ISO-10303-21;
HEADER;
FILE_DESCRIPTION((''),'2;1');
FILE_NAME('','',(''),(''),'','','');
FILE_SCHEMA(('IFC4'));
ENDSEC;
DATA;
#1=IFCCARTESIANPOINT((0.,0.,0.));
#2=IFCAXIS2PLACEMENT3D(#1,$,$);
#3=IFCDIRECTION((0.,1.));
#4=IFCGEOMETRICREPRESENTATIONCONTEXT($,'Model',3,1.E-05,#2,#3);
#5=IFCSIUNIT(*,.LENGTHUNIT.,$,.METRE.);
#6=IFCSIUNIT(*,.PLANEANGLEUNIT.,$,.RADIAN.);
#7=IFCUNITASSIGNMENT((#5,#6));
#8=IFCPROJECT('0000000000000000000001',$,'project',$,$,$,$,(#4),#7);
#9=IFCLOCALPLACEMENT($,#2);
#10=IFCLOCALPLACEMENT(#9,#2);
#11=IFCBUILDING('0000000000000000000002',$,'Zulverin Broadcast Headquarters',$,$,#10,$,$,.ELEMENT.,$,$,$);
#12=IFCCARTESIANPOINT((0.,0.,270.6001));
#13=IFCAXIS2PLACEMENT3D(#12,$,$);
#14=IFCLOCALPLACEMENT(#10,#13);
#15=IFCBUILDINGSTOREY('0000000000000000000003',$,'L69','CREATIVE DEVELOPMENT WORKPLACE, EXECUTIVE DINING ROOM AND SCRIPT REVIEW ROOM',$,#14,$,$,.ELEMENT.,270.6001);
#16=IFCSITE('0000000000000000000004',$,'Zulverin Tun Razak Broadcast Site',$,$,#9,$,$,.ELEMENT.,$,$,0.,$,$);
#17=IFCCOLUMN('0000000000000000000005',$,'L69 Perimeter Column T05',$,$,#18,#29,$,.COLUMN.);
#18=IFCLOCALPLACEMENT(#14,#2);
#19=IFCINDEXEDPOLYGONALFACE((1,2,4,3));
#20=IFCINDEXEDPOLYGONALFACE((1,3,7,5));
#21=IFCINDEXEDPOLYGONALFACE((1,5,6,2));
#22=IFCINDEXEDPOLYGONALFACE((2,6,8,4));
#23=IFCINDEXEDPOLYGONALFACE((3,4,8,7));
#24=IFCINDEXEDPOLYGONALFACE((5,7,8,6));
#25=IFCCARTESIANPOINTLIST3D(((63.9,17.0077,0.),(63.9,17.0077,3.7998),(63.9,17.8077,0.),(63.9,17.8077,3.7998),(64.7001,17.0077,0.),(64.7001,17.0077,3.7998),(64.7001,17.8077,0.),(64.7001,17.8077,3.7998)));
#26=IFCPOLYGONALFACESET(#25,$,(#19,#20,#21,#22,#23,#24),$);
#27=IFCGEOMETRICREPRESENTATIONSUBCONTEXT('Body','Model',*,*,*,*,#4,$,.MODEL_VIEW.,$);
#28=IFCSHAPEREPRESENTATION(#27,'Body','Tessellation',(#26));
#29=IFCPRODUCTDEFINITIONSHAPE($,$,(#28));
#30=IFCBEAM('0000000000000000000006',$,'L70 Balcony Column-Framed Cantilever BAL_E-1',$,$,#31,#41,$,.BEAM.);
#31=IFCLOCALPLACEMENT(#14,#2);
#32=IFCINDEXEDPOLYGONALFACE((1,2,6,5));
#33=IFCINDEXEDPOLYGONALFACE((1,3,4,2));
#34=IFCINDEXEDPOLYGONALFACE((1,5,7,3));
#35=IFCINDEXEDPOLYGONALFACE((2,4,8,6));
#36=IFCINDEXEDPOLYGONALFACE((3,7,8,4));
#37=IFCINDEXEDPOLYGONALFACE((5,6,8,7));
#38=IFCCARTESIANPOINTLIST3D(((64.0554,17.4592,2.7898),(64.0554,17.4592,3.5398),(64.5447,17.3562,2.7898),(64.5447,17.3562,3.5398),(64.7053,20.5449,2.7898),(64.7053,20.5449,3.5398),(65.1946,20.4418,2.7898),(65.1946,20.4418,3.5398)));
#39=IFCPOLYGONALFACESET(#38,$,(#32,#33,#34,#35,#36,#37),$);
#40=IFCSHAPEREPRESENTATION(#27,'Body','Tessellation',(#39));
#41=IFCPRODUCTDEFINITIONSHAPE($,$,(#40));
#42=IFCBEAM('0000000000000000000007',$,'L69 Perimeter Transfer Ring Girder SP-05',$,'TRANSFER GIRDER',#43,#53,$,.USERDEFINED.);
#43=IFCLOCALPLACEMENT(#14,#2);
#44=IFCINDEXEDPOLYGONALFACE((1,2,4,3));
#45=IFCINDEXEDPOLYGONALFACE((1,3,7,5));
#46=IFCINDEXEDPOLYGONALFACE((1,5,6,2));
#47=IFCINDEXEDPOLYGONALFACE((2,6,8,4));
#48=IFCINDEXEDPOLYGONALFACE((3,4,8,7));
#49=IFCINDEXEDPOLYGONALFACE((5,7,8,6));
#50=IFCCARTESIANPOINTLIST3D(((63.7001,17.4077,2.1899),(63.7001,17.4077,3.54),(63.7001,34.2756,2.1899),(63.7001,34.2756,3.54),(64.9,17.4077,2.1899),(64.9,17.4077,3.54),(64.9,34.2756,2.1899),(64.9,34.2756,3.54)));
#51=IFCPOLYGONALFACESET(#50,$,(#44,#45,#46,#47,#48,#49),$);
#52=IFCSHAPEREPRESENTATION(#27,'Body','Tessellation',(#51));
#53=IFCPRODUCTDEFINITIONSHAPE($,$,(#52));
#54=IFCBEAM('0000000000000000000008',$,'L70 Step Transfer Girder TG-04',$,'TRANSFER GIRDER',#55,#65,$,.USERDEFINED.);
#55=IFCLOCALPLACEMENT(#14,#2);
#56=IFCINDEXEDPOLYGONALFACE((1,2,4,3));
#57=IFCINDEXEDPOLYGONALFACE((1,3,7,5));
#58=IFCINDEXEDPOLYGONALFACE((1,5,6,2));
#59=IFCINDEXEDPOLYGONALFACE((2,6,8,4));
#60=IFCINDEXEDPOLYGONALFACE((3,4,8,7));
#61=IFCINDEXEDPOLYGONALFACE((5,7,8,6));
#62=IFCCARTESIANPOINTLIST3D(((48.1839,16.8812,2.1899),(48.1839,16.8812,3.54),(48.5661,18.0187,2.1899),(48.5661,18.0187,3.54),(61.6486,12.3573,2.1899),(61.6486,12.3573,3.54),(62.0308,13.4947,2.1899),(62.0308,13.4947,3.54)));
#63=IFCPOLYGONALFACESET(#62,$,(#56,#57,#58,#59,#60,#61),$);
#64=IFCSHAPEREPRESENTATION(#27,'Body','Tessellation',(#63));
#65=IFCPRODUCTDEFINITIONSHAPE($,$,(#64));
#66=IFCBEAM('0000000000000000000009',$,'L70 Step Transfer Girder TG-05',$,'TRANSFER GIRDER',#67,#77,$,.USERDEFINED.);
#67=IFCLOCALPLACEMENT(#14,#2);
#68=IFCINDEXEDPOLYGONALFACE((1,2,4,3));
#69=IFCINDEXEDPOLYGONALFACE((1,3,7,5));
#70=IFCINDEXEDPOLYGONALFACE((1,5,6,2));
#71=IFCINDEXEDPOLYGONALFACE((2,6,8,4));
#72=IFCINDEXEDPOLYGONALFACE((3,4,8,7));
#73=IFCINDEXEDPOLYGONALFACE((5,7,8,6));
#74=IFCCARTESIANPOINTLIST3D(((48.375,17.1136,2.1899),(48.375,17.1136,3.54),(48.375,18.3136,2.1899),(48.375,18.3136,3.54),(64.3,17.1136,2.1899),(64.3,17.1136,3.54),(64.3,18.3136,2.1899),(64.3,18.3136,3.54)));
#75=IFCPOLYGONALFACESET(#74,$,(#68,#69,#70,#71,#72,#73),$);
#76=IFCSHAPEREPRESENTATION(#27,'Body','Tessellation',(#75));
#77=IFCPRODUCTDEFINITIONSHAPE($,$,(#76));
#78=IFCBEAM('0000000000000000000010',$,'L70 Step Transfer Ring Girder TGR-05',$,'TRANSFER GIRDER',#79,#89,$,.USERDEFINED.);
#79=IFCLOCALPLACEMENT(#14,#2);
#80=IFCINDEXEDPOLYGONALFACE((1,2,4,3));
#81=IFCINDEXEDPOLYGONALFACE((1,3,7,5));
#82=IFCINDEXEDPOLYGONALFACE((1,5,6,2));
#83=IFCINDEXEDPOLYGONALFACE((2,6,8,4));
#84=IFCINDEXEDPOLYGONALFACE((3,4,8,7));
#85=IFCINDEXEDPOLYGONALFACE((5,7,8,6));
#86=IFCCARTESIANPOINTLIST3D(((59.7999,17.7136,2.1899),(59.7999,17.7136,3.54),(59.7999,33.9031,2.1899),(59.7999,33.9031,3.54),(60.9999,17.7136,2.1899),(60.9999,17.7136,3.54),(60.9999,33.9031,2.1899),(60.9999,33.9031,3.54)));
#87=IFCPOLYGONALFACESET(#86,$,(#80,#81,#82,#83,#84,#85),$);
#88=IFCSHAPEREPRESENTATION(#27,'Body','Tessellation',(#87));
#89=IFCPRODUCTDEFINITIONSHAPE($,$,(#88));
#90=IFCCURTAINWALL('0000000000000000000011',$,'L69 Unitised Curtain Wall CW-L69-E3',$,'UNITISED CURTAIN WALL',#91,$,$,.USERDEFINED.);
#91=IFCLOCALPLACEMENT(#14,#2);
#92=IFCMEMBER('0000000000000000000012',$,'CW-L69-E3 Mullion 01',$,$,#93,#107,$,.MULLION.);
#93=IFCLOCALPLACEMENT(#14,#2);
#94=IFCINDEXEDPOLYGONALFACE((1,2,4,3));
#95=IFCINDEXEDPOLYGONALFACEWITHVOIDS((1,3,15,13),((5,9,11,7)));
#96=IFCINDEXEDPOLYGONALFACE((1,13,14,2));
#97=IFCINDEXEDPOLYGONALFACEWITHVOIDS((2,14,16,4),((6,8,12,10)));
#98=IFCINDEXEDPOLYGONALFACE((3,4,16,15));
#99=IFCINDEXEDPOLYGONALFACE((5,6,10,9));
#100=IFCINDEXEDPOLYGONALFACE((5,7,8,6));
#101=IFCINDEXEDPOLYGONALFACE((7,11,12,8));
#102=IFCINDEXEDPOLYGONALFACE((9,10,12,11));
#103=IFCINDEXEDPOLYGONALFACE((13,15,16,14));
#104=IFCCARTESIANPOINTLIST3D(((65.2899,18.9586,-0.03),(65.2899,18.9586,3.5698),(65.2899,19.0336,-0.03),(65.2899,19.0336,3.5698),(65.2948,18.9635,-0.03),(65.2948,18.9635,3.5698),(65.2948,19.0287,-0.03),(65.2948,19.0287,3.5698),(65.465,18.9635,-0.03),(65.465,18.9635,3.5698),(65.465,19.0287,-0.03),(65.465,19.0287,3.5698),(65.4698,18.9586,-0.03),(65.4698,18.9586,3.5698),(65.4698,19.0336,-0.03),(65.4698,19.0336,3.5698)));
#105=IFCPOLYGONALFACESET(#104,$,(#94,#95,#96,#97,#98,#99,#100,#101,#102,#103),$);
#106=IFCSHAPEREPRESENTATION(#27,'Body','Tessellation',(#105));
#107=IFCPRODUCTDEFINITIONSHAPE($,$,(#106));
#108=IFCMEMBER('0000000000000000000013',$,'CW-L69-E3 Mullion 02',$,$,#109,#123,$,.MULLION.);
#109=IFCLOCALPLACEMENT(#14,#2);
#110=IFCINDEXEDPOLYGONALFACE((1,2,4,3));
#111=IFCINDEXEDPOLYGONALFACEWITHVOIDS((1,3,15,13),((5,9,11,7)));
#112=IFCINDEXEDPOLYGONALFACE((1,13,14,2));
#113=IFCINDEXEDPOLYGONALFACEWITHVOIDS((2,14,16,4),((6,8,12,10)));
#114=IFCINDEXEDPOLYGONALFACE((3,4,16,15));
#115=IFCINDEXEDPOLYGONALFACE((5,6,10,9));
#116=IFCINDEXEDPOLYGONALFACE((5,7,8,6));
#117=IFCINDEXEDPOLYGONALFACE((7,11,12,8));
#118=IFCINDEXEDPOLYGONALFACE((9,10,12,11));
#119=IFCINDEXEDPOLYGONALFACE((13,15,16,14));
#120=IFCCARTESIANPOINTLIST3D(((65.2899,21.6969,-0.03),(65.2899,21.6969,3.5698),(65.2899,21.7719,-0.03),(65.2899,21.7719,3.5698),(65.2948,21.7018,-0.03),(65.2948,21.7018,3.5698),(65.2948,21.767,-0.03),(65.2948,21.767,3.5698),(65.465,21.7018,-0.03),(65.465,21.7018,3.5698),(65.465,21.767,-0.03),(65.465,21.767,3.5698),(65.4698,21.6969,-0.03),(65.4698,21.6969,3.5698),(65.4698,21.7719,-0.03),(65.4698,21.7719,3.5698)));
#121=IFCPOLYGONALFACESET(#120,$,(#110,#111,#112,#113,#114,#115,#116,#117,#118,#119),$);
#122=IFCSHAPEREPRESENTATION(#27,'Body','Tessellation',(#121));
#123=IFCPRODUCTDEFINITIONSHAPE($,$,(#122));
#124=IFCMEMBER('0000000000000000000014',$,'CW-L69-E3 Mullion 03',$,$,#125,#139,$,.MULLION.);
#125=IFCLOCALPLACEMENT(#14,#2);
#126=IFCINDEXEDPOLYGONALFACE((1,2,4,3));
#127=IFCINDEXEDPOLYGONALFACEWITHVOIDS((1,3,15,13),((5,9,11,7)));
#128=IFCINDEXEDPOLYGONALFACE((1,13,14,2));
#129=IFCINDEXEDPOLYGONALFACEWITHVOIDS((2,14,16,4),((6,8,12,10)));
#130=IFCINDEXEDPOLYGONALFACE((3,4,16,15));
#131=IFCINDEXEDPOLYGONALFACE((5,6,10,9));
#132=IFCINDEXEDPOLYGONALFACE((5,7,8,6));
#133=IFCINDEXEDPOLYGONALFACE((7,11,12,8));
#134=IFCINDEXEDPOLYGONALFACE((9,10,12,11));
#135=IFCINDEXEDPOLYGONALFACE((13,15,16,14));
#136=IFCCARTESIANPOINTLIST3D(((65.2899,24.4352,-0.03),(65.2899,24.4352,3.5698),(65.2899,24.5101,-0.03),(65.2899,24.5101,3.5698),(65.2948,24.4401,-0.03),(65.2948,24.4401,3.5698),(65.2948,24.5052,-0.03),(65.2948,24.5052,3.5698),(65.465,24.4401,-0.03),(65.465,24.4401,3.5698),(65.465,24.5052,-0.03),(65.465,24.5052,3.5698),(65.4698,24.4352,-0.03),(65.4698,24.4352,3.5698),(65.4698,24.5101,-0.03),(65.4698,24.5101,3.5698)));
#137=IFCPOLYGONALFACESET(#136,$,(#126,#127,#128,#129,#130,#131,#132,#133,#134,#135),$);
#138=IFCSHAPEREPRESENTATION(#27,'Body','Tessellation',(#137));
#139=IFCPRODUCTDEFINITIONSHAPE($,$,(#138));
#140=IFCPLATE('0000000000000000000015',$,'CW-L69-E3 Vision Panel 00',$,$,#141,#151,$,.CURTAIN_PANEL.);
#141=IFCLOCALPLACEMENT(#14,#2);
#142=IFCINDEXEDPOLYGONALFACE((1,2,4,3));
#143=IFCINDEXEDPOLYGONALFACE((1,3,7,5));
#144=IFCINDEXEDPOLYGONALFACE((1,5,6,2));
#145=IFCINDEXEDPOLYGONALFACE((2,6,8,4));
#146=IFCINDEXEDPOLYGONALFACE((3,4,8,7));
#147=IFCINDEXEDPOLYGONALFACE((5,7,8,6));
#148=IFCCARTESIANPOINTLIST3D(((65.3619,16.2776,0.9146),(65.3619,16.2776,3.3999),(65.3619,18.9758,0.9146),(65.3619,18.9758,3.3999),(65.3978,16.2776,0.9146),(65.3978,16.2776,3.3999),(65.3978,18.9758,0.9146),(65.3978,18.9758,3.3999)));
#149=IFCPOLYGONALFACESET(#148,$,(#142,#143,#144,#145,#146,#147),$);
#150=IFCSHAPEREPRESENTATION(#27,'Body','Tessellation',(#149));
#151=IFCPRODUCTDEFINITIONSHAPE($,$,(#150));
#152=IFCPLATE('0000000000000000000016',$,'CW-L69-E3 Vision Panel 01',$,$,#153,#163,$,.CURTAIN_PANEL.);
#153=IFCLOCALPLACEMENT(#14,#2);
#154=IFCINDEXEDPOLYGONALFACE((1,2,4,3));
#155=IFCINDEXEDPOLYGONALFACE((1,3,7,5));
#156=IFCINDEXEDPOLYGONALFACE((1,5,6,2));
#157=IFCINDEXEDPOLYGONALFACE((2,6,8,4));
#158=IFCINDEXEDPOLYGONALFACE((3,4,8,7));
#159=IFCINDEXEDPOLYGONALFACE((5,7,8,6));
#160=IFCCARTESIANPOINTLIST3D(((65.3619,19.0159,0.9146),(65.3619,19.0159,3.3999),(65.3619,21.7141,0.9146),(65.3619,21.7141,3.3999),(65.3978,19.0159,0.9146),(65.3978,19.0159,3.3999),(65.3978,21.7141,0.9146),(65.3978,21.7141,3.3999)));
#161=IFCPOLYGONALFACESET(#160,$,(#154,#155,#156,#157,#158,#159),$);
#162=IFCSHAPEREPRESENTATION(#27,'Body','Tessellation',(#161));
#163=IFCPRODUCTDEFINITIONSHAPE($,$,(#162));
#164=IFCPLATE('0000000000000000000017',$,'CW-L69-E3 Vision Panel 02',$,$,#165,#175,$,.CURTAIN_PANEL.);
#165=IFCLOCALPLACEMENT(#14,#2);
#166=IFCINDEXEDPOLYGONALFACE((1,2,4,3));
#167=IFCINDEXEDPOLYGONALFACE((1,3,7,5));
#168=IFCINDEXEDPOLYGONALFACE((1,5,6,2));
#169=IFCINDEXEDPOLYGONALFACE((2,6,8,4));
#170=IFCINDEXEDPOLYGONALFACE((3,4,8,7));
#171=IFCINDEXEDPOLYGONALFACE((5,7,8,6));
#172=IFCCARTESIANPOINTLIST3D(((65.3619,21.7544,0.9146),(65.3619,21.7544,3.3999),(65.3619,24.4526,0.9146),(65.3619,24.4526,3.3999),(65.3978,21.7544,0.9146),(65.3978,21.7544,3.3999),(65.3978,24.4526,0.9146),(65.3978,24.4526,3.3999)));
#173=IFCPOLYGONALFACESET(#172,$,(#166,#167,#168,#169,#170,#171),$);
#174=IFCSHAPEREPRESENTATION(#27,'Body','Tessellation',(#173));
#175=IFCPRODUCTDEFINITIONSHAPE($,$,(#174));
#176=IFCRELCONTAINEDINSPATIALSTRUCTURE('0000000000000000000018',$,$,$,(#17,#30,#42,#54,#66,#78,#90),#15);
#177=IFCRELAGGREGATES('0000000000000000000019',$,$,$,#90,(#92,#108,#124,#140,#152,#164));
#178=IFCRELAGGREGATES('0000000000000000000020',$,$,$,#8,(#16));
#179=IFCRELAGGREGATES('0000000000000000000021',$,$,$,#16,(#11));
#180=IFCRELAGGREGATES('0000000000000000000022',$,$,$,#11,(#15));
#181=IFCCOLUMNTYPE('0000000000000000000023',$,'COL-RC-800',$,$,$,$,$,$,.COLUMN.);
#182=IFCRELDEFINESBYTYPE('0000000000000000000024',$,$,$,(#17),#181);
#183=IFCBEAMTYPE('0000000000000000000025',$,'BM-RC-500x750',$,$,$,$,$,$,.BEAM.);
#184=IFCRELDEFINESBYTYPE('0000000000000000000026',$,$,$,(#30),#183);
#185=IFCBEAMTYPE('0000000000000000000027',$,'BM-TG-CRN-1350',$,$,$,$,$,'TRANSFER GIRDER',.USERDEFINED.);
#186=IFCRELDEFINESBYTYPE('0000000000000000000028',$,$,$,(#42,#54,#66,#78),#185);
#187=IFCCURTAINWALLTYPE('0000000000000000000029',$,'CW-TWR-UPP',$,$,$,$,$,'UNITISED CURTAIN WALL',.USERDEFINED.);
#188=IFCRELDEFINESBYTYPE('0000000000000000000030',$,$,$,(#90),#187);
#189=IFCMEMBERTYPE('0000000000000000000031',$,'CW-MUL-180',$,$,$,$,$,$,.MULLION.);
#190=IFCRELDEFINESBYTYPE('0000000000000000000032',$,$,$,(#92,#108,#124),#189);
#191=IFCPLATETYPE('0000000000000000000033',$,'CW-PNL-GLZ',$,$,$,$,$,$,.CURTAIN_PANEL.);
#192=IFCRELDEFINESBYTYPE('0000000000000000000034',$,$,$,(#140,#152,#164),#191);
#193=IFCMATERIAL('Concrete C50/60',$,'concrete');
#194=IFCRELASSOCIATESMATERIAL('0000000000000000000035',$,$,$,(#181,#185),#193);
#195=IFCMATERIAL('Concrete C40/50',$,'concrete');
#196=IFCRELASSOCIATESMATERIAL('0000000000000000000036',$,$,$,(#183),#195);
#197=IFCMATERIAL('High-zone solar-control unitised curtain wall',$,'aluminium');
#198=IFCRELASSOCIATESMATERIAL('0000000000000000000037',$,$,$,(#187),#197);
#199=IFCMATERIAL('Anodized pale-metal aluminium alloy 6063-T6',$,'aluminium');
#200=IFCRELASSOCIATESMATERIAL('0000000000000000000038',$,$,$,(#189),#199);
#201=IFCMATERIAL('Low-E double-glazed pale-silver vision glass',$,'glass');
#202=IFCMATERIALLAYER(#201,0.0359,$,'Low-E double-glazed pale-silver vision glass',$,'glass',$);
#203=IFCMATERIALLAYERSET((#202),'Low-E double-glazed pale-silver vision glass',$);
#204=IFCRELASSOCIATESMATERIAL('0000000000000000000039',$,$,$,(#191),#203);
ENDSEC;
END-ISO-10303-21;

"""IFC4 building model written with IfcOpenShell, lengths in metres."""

from ifc_helpers import new_model, si_unit, direction, frame, origin, origin_2d, place, context, subcontext, project, spatial, rectangle, hollow_rectangle, extrude, material, layer, layer_set, material_profile, profile_set, type_object, element, aggregate, save


model = new_model("IFC4")

# Units and contexts
model_context = context("Model", 3, precision=1e-05, world=origin(), true_north=direction((0.0, 1.0)))
body_context = subcontext(model_context, "Body", "Model", "MODEL_VIEW")
ifc_project = project(units=[si_unit("LENGTHUNIT", "METRE"), si_unit("PLANEANGLEUNIT", "RADIAN")], contexts=[model_context])

# Site, building, storey
site_placement = place(None, origin())
site = spatial("IfcSite", under=ifc_project, at=site_placement, Name="Zulverin Tun Razak Broadcast Site", CompositionType="ELEMENT", RefElevation=0.0)
building_placement = place(site_placement, origin())
building = spatial("IfcBuilding", under=site, at=building_placement, Name="Zulverin Broadcast Headquarters", CompositionType="ELEMENT")
storey_placement = place(building_placement, frame((0.0, 0.0, 270.6001)))
storey = spatial("IfcBuildingStorey", under=building, at=storey_placement, Name="L69", Description="CREATIVE DEVELOPMENT WORKPLACE, EXECUTIVE DINING ROOM AND SCRIPT REVIEW ROOM", CompositionType="ELEMENT", Elevation=270.6001)

# Column
ifc_material_1 = material(Name="Concrete C50/60", Category="concrete")
ifc_material_profile_1 = material_profile(ifc_material_1, rectangle(XDim=0.8, YDim=0.8, at=origin_2d()), Name="Concrete C50/60", Category="concrete")
ifc_profile_set_1 = profile_set([ifc_material_profile_1], Name="Concrete C50/60")
column_type = type_object("IfcColumnType", Name="COL-RC-800", PredefinedType="COLUMN", material=ifc_profile_set_1)
column_placement = place(storey_placement, frame((64.3, 17.4077, 0.0), z_axis=(0.0, 0.0, 1.0), x_axis=(1.0, 0.0, 0.0)))
element("IfcColumn", 1, at=column_placement, inside=storey, type_object=column_type, Name="L69 Perimeter Column T05", PredefinedType="COLUMN", context=body_context, shape_type="SweptSolid", body=[
    extrude(rectangle(XDim=0.8, YDim=0.8, at=origin_2d()), origin(), (0.0, 0.0, 1.0), 3.7998),
])

# Beams
ifc_material_2 = material(Name="Concrete C40/50", Category="concrete")
ifc_material_profile_2 = material_profile(ifc_material_2, rectangle(XDim=0.5, YDim=0.75, at=origin_2d()), Name="Concrete C40/50", Category="concrete")
ifc_profile_set_2 = profile_set([ifc_material_profile_2], Name="Concrete C40/50")
beam_type_1 = type_object("IfcBeamType", Name="BM-RC-500x750", PredefinedType="BEAM", material=ifc_profile_set_2)
beam_1_placement = place(storey_placement, frame((64.3, 17.4077, 3.1648), z_axis=(0.206096, 0.978532, 0.0), x_axis=(-0.978532, 0.206096, 0.0)))
element("IfcBeam", 2, at=beam_1_placement, inside=storey, type_object=beam_type_1, Name="L70 Balcony Column-Framed Cantilever BAL_E-1", PredefinedType="BEAM", context=body_context, shape_type="SweptSolid", body=[
    extrude(rectangle(XDim=0.5, YDim=0.75, at=origin_2d()), origin(), (0.0, 0.0, 1.0), 3.1533),
])
ifc_material_profile_3 = material_profile(ifc_material_1, rectangle(XDim=1.2, YDim=1.3501, at=origin_2d()), Name="Concrete C50/60", Category="concrete")
ifc_profile_set_3 = profile_set([ifc_material_profile_3], Name="Concrete C50/60")
beam_type_2 = type_object("IfcBeamType", Name="BM-TG-CRN-1350", ElementType="TRANSFER GIRDER", PredefinedType="USERDEFINED", material=ifc_profile_set_3)
beam_2_placement = place(storey_placement, frame((64.3, 17.4077, 2.865), z_axis=(0.0, 1.0, 0.0), x_axis=(-1.0, 0.0, 0.0)))
element("IfcBeam", 3, at=beam_2_placement, inside=storey, type_object=beam_type_2, Name="L69 Perimeter Transfer Ring Girder SP-05", ObjectType="TRANSFER GIRDER", PredefinedType="USERDEFINED", context=body_context, shape_type="SweptSolid", body=[
    extrude(rectangle(XDim=1.2, YDim=1.3501, at=origin_2d()), origin(), (0.0, 0.0, 1.0), 16.8679),
])
beam_3_placement = place(storey_placement, frame((48.375, 17.45, 2.865), z_axis=(0.947926, -0.318491, 0.0), x_axis=(0.318491, 0.947926, 0.0)))
element("IfcBeam", 4, at=beam_3_placement, inside=storey, type_object=beam_type_2, Name="L70 Step Transfer Girder TG-04", ObjectType="TRANSFER GIRDER", PredefinedType="USERDEFINED", context=body_context, shape_type="SweptSolid", body=[
    extrude(rectangle(XDim=1.2, YDim=1.3501, at=origin_2d()), origin(), (0.0, 0.0, 1.0), 14.2043),
])
beam_4_placement = place(storey_placement, frame((48.375, 17.7136, 2.865), z_axis=(1.0, 0.0, 0.0), x_axis=(0.0, 1.0, 0.0)))
element("IfcBeam", 5, at=beam_4_placement, inside=storey, type_object=beam_type_2, Name="L70 Step Transfer Girder TG-05", ObjectType="TRANSFER GIRDER", PredefinedType="USERDEFINED", context=body_context, shape_type="SweptSolid", body=[
    extrude(rectangle(XDim=1.2, YDim=1.3501, at=origin_2d()), origin(), (0.0, 0.0, 1.0), 15.925),
])
beam_5_placement = place(storey_placement, frame((60.3999, 17.7136, 2.865), z_axis=(0.0, 1.0, 0.0), x_axis=(-1.0, 0.0, 0.0)))
element("IfcBeam", 6, at=beam_5_placement, inside=storey, type_object=beam_type_2, Name="L70 Step Transfer Ring Girder TGR-05", ObjectType="TRANSFER GIRDER", PredefinedType="USERDEFINED", context=body_context, shape_type="SweptSolid", body=[
    extrude(rectangle(XDim=1.2, YDim=1.3501, at=origin_2d()), origin(), (0.0, 0.0, 1.0), 16.1895),
])

# Curtain wall, members, plates
ifc_material_3 = material(Name="High-zone solar-control unitised curtain wall", Category="aluminium")
curtain_wall_type = type_object("IfcCurtainWallType", Name="CW-TWR-UPP", ElementType="UNITISED CURTAIN WALL", PredefinedType="USERDEFINED", material=ifc_material_3)
curtain_wall_placement = place(storey_placement, origin())
curtain_wall = element("IfcCurtainWall", 7, at=curtain_wall_placement, inside=storey, type_object=curtain_wall_type, Name="L69 Unitised Curtain Wall CW-L69-E3", ObjectType="UNITISED CURTAIN WALL", PredefinedType="USERDEFINED")
ifc_material_4 = material(Name="Anodized pale-metal aluminium alloy 6063-T6", Category="aluminium")
ifc_material_profile_4 = material_profile(ifc_material_4, hollow_rectangle(XDim=0.075, YDim=0.1799, WallThickness=0.0049, at=origin_2d()), Name="Anodized pale-metal aluminium alloy 6063-T6", Category="aluminium")
ifc_profile_set_4 = profile_set([ifc_material_profile_4], Name="Anodized pale-metal aluminium alloy 6063-T6")
member_type = type_object("IfcMemberType", Name="CW-MUL-180", PredefinedType="MULLION", material=ifc_profile_set_4)
member_1_placement = place(storey_placement, frame((65.3799, 18.9961, -0.03), z_axis=(0.0, 0.0, 1.0), x_axis=(0.0, 1.0, 0.0)))
member_1 = element("IfcMember", 8, at=member_1_placement, type_object=member_type, Name="CW-L69-E3 Mullion 01", PredefinedType="MULLION", context=body_context, shape_type="SweptSolid", body=[
    extrude(hollow_rectangle(XDim=0.075, YDim=0.1799, WallThickness=0.0049, at=origin_2d()), origin(), (0.0, 0.0, 1.0), 3.5999),
])
member_2_placement = place(storey_placement, frame((65.3799, 21.7344, -0.03), z_axis=(0.0, 0.0, 1.0), x_axis=(0.0, 1.0, 0.0)))
member_2 = element("IfcMember", 9, at=member_2_placement, type_object=member_type, Name="CW-L69-E3 Mullion 02", PredefinedType="MULLION", context=body_context, shape_type="SweptSolid", body=[
    extrude(hollow_rectangle(XDim=0.075, YDim=0.1799, WallThickness=0.0049, at=origin_2d()), origin(), (0.0, 0.0, 1.0), 3.5999),
])
member_3_placement = place(storey_placement, frame((65.3799, 24.4727, -0.03), z_axis=(0.0, 0.0, 1.0), x_axis=(0.0, 1.0, 0.0)))
member_3 = element("IfcMember", 10, at=member_3_placement, type_object=member_type, Name="CW-L69-E3 Mullion 03", PredefinedType="MULLION", context=body_context, shape_type="SweptSolid", body=[
    extrude(hollow_rectangle(XDim=0.075, YDim=0.1799, WallThickness=0.0049, at=origin_2d()), origin(), (0.0, 0.0, 1.0), 3.5999),
])
ifc_material_5 = material(Name="Low-E double-glazed pale-silver vision glass", Category="glass")
ifc_layer_1 = layer(ifc_material_5, 0.0359, Name="Low-E double-glazed pale-silver vision glass", Category="glass")
ifc_layer_set_1 = layer_set([ifc_layer_1], Name="Low-E double-glazed pale-silver vision glass")
plate_type_1 = type_object("IfcPlateType", Name="CW-PNL-GLZ", PredefinedType="CURTAIN_PANEL", material=ifc_layer_set_1)
plate_1_placement = place(storey_placement, frame((65.3799, 17.6267, 0.9146), z_axis=(0.0, 0.0, 1.0), x_axis=(0.0, 1.0, 0.0)))
plate_1 = element("IfcPlate", 11, at=plate_1_placement, type_object=plate_type_1, Name="CW-L69-E3 Vision Panel 00", PredefinedType="CURTAIN_PANEL", context=body_context, shape_type="SweptSolid", body=[
    extrude(rectangle(XDim=2.6982, YDim=0.0359, at=origin_2d()), origin(), (0.0, 0.0, 1.0), 2.4854),
])
plate_2_placement = place(storey_placement, frame((65.3799, 20.365, 0.9146), z_axis=(0.0, 0.0, 1.0), x_axis=(0.0, 1.0, 0.0)))
plate_2 = element("IfcPlate", 12, at=plate_2_placement, type_object=plate_type_1, Name="CW-L69-E3 Vision Panel 01", PredefinedType="CURTAIN_PANEL", context=body_context, shape_type="SweptSolid", body=[
    extrude(rectangle(XDim=2.6982, YDim=0.0359, at=origin_2d()), origin(), (0.0, 0.0, 1.0), 2.4854),
])
plate_3_placement = place(storey_placement, frame((65.3799, 23.1035, 0.9146), z_axis=(0.0, 0.0, 1.0), x_axis=(0.0, 1.0, 0.0)))
plate_3 = element("IfcPlate", 13, at=plate_3_placement, type_object=plate_type_1, Name="CW-L69-E3 Vision Panel 02", PredefinedType="CURTAIN_PANEL", context=body_context, shape_type="SweptSolid", body=[
    extrude(rectangle(XDim=2.6982, YDim=0.0359, at=origin_2d()), origin(), (0.0, 0.0, 1.0), 2.4854),
])
aggregate(curtain_wall, [member_1, member_2, member_3, plate_1, plate_2, plate_3])

save(model, "model.ifc")
